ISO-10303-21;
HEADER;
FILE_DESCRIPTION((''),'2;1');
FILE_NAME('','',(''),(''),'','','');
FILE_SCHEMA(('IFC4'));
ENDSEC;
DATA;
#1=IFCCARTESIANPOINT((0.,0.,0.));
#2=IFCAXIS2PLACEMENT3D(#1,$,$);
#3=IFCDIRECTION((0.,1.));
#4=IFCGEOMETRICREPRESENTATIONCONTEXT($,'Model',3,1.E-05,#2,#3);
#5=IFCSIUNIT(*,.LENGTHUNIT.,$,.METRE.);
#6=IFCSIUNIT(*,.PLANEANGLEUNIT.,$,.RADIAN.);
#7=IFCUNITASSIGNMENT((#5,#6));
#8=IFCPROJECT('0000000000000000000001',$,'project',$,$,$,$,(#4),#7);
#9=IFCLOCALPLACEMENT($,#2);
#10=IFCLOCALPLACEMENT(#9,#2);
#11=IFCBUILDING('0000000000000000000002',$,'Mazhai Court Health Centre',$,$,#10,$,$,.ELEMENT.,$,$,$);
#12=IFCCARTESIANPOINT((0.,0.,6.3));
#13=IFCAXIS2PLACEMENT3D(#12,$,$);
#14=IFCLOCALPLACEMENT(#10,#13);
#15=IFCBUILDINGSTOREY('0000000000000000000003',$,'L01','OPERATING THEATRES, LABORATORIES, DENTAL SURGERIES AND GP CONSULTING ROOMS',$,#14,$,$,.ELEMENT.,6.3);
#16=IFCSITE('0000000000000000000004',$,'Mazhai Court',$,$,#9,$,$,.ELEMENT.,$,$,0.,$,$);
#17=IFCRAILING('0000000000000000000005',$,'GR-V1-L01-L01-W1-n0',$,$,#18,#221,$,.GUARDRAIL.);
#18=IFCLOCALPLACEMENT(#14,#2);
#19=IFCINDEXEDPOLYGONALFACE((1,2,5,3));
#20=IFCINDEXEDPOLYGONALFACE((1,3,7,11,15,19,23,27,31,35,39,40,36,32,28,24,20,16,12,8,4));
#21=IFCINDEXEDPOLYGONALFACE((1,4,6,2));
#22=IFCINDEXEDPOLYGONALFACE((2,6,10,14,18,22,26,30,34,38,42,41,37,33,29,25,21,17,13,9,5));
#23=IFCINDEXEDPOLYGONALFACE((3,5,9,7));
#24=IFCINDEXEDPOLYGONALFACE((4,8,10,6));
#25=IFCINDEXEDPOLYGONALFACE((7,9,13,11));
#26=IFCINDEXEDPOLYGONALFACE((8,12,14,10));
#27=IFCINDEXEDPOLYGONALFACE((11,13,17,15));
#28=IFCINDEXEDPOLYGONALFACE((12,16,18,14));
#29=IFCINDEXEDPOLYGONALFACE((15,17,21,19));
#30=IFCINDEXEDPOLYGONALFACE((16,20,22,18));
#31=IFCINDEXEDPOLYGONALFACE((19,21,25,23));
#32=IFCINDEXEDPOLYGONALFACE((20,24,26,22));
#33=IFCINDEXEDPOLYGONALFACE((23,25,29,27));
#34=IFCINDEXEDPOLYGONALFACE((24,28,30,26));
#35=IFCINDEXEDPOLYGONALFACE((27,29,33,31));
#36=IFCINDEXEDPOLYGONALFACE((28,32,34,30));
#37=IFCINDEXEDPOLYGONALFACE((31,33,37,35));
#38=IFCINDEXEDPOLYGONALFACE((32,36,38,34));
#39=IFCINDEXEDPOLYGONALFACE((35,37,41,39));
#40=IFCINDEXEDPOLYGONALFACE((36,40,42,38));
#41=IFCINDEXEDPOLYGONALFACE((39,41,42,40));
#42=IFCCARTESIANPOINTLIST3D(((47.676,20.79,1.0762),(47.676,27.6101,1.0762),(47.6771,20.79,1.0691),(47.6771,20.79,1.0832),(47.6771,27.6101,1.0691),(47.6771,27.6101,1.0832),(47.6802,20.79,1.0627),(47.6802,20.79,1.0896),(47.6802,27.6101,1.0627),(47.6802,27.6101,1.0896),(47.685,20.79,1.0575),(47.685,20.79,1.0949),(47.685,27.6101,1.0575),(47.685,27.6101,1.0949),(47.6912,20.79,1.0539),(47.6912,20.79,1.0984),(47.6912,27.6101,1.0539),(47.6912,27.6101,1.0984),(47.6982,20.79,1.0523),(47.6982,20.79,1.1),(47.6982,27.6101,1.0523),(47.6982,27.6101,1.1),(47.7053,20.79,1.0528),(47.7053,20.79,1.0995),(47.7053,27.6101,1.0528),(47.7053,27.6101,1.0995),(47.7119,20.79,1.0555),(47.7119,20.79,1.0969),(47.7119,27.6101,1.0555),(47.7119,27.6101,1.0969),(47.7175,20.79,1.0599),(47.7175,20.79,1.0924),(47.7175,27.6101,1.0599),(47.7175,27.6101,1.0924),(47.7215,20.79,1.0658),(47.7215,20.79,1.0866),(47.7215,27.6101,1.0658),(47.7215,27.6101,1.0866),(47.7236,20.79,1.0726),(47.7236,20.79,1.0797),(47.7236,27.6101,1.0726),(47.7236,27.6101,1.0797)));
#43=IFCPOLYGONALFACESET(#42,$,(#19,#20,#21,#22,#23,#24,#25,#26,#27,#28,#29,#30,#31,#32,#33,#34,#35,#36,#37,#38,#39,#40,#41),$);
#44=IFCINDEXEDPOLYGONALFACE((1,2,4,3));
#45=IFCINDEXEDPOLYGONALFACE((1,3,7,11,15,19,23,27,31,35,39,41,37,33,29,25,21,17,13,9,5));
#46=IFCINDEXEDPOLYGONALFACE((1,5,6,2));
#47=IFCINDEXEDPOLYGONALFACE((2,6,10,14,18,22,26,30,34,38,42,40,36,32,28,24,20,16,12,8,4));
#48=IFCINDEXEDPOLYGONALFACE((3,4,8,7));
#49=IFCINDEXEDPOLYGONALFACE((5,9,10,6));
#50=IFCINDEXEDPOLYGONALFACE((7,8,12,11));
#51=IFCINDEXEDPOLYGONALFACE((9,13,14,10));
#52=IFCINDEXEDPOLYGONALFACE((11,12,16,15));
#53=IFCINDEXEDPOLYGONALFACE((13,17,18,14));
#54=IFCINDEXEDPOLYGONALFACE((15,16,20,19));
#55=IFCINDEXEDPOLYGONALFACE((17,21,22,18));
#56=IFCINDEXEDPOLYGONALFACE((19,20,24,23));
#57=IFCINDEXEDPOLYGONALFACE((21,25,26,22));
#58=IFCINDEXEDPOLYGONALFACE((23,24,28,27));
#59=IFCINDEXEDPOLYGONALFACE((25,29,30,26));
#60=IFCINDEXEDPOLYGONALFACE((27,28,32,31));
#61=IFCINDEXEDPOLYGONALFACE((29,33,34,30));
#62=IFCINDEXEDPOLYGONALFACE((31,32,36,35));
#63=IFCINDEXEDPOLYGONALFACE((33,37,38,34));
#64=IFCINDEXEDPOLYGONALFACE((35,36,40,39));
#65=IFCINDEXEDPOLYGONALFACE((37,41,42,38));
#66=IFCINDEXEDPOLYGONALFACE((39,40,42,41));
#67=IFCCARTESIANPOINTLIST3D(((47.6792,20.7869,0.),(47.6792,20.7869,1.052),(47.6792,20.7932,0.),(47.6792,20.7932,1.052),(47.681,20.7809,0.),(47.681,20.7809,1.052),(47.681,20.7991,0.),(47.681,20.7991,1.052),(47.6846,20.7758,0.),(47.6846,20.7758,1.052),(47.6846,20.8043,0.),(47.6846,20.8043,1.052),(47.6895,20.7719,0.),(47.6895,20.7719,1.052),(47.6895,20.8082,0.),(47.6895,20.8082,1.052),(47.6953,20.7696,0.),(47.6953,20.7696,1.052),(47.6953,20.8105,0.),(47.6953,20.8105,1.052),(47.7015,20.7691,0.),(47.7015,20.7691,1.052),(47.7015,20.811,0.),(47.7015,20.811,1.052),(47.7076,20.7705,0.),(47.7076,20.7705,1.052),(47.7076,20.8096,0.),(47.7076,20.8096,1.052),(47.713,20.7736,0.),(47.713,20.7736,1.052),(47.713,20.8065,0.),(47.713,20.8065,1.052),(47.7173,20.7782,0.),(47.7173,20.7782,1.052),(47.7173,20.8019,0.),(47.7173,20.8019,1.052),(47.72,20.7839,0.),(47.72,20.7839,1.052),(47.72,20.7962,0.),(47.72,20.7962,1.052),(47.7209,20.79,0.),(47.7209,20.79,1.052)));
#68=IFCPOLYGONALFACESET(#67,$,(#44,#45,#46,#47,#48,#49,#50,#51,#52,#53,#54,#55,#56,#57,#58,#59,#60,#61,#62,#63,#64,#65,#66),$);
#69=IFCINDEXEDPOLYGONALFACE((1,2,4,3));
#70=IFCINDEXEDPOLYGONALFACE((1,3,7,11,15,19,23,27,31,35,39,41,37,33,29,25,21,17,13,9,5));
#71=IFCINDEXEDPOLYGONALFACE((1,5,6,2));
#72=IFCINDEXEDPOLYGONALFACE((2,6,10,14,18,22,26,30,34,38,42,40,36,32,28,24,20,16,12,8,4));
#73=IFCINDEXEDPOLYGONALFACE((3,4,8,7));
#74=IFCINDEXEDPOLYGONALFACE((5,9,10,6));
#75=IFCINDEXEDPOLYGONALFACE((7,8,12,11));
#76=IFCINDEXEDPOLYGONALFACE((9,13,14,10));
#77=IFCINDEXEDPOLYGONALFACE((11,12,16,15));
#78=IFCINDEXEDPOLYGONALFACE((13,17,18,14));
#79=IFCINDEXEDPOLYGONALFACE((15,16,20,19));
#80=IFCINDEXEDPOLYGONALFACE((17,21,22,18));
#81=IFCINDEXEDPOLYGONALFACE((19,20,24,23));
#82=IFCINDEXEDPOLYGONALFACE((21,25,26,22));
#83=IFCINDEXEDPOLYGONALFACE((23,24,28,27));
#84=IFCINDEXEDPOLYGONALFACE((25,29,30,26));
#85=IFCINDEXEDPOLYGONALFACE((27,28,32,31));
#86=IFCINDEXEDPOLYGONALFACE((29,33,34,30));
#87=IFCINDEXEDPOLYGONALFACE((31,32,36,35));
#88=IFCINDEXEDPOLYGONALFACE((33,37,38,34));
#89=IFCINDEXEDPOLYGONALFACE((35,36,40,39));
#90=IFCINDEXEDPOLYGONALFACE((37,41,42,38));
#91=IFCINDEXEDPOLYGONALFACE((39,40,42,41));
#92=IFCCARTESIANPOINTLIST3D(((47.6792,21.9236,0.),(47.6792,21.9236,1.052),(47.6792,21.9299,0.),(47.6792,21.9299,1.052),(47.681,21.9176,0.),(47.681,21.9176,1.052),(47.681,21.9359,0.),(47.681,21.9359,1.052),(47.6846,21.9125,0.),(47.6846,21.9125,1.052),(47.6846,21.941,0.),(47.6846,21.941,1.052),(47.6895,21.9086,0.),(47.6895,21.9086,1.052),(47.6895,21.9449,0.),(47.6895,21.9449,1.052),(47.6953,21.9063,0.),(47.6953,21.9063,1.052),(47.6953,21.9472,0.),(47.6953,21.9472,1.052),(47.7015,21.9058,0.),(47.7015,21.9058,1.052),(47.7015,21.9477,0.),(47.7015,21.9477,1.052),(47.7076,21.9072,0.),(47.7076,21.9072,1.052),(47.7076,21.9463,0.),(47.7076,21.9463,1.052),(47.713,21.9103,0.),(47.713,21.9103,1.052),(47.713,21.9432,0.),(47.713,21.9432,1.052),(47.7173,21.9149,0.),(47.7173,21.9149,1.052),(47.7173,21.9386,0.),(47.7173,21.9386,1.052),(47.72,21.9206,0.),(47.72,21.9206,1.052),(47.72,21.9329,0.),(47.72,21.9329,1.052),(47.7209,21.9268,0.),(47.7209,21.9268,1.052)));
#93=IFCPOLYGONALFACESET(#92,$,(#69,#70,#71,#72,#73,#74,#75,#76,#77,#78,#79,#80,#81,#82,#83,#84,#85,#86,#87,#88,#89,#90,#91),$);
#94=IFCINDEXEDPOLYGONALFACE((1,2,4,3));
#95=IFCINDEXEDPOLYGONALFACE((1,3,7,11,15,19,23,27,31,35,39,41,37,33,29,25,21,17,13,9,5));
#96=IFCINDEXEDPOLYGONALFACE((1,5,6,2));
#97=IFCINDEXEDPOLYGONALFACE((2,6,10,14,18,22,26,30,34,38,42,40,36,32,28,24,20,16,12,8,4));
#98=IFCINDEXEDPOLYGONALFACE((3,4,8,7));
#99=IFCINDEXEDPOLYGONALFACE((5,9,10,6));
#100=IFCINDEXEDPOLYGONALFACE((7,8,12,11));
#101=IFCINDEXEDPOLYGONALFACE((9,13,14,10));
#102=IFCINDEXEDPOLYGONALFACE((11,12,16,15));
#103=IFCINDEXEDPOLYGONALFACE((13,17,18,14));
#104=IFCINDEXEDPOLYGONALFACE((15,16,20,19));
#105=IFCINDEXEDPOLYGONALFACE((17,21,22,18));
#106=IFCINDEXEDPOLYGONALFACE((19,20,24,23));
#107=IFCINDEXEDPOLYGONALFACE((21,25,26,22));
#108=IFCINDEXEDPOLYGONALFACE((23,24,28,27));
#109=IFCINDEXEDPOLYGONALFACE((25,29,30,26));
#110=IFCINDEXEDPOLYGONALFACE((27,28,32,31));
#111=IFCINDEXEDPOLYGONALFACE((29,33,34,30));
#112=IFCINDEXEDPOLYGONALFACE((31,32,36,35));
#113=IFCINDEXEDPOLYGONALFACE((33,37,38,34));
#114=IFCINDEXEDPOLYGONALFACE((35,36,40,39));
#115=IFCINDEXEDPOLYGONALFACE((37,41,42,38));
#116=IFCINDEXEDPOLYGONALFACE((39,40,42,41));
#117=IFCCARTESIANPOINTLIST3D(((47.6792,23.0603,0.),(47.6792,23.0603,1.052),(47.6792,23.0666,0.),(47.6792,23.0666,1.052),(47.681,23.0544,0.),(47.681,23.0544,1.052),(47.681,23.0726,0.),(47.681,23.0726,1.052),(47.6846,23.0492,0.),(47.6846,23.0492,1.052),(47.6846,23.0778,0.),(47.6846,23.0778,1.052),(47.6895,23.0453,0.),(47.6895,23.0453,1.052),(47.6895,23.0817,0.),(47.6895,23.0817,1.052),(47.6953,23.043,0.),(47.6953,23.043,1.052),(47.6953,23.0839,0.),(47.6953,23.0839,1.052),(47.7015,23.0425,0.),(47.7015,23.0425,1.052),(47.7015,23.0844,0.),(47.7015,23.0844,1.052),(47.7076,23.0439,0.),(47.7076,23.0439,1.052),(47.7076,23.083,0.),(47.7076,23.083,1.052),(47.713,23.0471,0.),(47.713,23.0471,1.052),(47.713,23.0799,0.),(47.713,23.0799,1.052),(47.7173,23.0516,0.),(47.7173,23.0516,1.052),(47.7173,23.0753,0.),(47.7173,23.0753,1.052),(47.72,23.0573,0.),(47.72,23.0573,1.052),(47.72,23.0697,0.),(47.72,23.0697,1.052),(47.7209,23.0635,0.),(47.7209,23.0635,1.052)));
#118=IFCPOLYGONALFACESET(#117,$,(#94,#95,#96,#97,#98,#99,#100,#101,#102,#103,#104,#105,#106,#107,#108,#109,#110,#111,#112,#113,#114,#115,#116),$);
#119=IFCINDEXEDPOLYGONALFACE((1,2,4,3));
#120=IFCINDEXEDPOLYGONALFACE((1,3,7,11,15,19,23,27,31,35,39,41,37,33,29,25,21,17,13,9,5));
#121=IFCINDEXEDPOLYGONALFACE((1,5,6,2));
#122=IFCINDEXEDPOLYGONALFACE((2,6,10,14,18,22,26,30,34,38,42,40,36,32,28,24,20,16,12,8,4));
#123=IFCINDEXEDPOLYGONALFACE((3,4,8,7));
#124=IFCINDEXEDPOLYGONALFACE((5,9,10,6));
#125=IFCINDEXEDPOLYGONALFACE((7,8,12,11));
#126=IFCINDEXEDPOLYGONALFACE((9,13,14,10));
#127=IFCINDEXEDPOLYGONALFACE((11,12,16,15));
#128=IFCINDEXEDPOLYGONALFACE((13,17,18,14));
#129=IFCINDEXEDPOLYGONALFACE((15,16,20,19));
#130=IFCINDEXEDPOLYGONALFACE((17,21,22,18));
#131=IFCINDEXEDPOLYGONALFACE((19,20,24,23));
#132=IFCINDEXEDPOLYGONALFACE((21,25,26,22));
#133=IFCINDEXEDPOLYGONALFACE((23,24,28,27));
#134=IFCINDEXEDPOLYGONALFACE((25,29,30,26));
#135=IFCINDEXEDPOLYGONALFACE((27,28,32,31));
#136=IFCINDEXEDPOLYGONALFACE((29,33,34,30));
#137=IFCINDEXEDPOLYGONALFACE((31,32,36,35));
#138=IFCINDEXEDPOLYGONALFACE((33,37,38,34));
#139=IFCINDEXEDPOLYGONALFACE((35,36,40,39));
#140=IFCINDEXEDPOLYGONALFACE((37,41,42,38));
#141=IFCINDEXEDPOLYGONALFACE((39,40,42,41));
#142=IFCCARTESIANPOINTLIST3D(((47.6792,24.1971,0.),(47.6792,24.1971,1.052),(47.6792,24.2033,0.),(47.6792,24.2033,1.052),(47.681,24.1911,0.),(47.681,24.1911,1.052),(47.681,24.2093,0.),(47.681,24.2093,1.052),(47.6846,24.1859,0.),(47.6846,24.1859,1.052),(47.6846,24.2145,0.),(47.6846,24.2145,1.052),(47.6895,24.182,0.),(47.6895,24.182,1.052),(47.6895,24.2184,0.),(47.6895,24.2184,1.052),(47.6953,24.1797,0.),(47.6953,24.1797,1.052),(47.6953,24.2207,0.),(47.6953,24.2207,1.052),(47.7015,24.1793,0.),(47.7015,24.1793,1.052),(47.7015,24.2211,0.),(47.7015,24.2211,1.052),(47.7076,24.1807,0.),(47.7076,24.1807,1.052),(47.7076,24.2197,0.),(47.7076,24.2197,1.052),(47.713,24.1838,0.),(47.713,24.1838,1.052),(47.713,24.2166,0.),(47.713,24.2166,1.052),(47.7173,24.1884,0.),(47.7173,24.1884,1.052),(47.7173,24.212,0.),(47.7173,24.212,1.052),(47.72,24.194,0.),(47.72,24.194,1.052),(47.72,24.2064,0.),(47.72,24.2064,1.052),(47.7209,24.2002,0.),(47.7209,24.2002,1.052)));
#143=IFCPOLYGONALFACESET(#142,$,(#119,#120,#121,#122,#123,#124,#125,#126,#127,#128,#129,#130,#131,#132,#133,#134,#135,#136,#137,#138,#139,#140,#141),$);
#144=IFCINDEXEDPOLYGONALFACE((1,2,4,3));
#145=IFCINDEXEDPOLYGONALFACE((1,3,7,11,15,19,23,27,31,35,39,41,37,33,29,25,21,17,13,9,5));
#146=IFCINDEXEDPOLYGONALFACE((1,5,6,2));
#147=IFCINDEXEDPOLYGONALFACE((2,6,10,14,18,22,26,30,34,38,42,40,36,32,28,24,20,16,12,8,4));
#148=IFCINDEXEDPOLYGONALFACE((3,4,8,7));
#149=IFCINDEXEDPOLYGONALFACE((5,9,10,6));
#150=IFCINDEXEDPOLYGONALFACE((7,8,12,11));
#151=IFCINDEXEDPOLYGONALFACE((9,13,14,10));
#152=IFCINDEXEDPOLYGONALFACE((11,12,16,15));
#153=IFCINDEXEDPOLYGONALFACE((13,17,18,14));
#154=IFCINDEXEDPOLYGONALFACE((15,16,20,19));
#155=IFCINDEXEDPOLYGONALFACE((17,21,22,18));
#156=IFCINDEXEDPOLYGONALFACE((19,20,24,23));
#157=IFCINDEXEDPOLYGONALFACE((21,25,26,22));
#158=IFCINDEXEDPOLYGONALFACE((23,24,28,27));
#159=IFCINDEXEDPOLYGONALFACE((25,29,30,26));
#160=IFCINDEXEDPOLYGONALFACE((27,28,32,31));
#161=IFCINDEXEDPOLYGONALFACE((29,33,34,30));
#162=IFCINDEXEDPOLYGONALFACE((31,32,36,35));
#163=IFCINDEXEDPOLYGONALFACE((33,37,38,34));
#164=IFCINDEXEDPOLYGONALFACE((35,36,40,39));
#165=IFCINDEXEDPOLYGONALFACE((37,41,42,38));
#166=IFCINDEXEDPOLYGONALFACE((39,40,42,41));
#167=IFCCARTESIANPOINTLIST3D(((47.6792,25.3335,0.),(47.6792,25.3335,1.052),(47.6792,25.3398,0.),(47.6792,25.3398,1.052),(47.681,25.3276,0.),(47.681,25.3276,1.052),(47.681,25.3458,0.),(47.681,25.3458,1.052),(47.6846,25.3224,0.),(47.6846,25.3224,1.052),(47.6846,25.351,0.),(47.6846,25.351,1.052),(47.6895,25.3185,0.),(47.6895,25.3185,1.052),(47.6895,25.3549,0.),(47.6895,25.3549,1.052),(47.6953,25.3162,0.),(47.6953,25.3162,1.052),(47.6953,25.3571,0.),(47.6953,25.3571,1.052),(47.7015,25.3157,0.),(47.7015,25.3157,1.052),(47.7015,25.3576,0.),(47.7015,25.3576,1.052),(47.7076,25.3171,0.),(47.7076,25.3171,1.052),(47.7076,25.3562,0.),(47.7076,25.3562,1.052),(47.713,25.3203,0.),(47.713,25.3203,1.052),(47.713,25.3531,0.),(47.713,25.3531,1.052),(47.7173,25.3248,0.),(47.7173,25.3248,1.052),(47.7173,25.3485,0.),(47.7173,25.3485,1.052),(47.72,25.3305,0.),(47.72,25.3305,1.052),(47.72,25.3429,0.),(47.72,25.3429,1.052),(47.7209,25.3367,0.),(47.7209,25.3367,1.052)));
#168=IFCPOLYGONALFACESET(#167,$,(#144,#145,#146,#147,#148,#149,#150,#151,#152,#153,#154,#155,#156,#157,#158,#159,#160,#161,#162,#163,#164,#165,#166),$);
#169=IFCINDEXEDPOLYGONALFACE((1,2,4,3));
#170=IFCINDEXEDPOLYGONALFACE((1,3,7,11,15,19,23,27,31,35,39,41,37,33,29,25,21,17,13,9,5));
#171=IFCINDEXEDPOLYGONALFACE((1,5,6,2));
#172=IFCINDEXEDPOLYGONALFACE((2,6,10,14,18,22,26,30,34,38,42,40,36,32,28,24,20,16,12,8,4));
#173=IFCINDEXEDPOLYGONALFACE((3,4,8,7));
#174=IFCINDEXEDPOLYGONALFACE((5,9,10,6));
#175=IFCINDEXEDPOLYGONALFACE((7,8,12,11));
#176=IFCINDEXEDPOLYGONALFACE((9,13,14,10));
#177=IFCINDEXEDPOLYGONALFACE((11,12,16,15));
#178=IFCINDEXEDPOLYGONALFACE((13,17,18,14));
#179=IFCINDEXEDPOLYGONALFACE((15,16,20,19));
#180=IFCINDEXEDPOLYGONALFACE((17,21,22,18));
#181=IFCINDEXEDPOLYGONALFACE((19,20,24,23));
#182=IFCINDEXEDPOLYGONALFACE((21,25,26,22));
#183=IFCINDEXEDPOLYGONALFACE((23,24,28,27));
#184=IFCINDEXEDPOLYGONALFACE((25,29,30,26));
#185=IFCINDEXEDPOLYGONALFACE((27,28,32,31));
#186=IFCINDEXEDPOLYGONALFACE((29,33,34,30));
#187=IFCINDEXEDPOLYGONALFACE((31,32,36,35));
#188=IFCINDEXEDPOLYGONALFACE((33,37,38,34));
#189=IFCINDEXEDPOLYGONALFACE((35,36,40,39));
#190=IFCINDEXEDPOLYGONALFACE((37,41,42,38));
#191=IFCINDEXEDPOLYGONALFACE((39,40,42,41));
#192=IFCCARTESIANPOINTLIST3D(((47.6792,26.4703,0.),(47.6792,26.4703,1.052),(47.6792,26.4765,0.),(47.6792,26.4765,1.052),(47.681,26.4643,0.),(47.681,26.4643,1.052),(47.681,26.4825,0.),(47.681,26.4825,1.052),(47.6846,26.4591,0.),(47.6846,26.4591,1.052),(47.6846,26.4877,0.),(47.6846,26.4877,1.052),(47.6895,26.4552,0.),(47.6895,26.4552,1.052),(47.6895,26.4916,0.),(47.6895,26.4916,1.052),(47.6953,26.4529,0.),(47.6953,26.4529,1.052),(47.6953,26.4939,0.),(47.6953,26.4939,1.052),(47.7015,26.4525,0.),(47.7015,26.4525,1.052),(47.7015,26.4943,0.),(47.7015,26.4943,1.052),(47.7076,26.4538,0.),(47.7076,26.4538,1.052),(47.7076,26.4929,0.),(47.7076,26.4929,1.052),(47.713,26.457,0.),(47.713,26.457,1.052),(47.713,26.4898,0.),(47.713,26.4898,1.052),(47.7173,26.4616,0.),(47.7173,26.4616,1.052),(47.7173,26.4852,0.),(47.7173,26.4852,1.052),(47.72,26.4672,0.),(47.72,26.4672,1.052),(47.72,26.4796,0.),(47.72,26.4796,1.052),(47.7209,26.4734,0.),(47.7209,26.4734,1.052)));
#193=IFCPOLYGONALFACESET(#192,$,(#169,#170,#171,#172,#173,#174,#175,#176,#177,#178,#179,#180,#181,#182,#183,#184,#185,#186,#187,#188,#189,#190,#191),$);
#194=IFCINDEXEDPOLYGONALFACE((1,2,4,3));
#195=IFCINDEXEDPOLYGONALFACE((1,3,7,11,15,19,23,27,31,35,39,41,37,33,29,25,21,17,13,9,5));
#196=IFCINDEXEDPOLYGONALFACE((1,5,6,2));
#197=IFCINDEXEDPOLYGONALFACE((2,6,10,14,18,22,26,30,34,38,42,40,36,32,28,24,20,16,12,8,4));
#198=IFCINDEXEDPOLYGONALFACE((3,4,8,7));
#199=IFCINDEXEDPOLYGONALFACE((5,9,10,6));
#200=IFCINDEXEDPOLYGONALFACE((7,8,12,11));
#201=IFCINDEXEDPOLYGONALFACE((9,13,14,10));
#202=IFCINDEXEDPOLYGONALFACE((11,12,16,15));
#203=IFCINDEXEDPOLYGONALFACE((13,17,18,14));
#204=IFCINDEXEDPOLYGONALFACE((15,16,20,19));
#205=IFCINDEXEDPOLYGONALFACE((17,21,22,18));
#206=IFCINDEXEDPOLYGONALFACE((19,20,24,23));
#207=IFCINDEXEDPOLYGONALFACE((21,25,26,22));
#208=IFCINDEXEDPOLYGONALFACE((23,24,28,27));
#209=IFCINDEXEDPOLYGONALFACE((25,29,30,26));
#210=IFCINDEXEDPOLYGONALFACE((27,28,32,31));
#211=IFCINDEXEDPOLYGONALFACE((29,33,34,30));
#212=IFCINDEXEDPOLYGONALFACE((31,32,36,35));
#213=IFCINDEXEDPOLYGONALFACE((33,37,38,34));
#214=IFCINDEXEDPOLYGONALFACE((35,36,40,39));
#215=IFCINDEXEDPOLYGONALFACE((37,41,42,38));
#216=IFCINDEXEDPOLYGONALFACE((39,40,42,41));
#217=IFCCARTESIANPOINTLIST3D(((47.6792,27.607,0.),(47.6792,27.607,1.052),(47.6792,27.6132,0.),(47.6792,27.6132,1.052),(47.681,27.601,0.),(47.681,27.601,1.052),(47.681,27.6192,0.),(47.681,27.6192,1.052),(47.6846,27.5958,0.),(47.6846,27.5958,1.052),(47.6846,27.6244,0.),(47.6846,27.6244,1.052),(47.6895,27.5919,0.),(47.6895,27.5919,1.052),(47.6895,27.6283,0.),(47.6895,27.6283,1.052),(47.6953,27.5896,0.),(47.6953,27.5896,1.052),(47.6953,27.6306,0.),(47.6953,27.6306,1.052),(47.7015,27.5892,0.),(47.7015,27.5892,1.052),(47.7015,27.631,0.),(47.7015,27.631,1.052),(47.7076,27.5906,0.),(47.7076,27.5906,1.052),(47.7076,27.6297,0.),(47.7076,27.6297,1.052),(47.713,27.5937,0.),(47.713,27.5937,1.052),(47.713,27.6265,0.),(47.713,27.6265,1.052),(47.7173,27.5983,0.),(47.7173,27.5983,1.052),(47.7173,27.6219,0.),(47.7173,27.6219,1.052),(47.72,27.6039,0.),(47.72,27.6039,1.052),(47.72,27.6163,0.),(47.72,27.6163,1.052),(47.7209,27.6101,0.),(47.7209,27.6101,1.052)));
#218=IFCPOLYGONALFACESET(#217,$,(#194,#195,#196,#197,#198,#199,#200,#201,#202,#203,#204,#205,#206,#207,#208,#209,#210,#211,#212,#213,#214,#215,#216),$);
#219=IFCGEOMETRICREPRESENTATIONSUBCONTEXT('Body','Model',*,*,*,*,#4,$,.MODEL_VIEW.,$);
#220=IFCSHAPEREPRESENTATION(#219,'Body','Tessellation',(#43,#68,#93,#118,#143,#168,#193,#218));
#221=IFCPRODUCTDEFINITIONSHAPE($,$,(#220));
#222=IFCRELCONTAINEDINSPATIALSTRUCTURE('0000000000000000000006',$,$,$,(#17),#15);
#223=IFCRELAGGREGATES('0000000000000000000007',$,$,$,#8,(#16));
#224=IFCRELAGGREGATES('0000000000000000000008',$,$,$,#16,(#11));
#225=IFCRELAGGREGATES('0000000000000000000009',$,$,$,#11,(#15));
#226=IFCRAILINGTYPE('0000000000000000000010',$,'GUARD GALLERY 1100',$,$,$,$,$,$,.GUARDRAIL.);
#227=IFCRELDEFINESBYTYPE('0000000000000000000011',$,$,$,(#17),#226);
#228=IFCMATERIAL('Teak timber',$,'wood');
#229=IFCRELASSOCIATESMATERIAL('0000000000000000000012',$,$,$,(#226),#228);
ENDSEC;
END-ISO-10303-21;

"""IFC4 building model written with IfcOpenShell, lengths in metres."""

from ifc_helpers import new_model, si_unit, direction, frame, origin, origin_2d, place, context, subcontext, project, spatial, circle, extrude, material, type_object, element, save


model = new_model("IFC4")

# Units and contexts
model_context = context("Model", 3, precision=1e-05, world=origin(), true_north=direction((0.0, 1.0)))
body_context = subcontext(model_context, "Body", "Model", "MODEL_VIEW")
ifc_project = project(units=[si_unit("LENGTHUNIT", "METRE"), si_unit("PLANEANGLEUNIT", "RADIAN")], contexts=[model_context])

# Site, building, storey
site_placement = place(None, origin())
site = spatial("IfcSite", under=ifc_project, at=site_placement, Name="Mazhai Court", CompositionType="ELEMENT", RefElevation=0.0)
building_placement = place(site_placement, origin())
building = spatial("IfcBuilding", under=site, at=building_placement, Name="Mazhai Court Health Centre", CompositionType="ELEMENT")
storey_placement = place(building_placement, frame((0.0, 0.0, 6.3)))
storey = spatial("IfcBuildingStorey", under=building, at=storey_placement, Name="L01", Description="OPERATING THEATRES, LABORATORIES, DENTAL SURGERIES AND GP CONSULTING ROOMS", CompositionType="ELEMENT", Elevation=6.3)

# Railing
ifc_material_1 = material(Name="Teak timber", Category="wood")
railing_type = type_object("IfcRailingType", Name="GUARD GALLERY 1100", PredefinedType="GUARDRAIL", material=ifc_material_1)
railing_1_placement = place(storey_placement, frame((47.7, 20.79, 0.0)))
element("IfcRailing", 1, at=railing_1_placement, inside=storey, type_object=railing_type, Name="GR-V1-L01-L01-W1-n0", PredefinedType="GUARDRAIL", context=body_context, shape_type="SweptSolid", body=[
    extrude(circle(Radius=0.0239, at=origin_2d()), frame((0.0, 0.0, 1.0762), z_axis=(0.0, 1.0, 0.0), x_axis=(-1.0, 0.0, 0.0)), (0.0, 0.0, 1.0), 6.8201),
    extrude(circle(Radius=0.021, at=origin_2d()), origin(), (0.0, 0.0, 1.0), 1.052),
    extrude(circle(Radius=0.021, at=origin_2d()), frame((0.0, 1.1367, 0.0)), (0.0, 0.0, 1.0), 1.052),
    extrude(circle(Radius=0.021, at=origin_2d()), frame((0.0, 2.2734, 0.0)), (0.0, 0.0, 1.0), 1.052),
    extrude(circle(Radius=0.021, at=origin_2d()), frame((0.0, 3.4102, 0.0)), (0.0, 0.0, 1.0), 1.052),
    extrude(circle(Radius=0.021, at=origin_2d()), frame((0.0, 4.5466, 0.0)), (0.0, 0.0, 1.0), 1.052),
    extrude(circle(Radius=0.021, at=origin_2d()), frame((0.0, 5.6833, 0.0)), (0.0, 0.0, 1.0), 1.052),
    extrude(circle(Radius=0.021, at=origin_2d()), frame((0.0, 6.8201, 0.0)), (0.0, 0.0, 1.0), 1.052),
])

save(model, "model.ifc")
